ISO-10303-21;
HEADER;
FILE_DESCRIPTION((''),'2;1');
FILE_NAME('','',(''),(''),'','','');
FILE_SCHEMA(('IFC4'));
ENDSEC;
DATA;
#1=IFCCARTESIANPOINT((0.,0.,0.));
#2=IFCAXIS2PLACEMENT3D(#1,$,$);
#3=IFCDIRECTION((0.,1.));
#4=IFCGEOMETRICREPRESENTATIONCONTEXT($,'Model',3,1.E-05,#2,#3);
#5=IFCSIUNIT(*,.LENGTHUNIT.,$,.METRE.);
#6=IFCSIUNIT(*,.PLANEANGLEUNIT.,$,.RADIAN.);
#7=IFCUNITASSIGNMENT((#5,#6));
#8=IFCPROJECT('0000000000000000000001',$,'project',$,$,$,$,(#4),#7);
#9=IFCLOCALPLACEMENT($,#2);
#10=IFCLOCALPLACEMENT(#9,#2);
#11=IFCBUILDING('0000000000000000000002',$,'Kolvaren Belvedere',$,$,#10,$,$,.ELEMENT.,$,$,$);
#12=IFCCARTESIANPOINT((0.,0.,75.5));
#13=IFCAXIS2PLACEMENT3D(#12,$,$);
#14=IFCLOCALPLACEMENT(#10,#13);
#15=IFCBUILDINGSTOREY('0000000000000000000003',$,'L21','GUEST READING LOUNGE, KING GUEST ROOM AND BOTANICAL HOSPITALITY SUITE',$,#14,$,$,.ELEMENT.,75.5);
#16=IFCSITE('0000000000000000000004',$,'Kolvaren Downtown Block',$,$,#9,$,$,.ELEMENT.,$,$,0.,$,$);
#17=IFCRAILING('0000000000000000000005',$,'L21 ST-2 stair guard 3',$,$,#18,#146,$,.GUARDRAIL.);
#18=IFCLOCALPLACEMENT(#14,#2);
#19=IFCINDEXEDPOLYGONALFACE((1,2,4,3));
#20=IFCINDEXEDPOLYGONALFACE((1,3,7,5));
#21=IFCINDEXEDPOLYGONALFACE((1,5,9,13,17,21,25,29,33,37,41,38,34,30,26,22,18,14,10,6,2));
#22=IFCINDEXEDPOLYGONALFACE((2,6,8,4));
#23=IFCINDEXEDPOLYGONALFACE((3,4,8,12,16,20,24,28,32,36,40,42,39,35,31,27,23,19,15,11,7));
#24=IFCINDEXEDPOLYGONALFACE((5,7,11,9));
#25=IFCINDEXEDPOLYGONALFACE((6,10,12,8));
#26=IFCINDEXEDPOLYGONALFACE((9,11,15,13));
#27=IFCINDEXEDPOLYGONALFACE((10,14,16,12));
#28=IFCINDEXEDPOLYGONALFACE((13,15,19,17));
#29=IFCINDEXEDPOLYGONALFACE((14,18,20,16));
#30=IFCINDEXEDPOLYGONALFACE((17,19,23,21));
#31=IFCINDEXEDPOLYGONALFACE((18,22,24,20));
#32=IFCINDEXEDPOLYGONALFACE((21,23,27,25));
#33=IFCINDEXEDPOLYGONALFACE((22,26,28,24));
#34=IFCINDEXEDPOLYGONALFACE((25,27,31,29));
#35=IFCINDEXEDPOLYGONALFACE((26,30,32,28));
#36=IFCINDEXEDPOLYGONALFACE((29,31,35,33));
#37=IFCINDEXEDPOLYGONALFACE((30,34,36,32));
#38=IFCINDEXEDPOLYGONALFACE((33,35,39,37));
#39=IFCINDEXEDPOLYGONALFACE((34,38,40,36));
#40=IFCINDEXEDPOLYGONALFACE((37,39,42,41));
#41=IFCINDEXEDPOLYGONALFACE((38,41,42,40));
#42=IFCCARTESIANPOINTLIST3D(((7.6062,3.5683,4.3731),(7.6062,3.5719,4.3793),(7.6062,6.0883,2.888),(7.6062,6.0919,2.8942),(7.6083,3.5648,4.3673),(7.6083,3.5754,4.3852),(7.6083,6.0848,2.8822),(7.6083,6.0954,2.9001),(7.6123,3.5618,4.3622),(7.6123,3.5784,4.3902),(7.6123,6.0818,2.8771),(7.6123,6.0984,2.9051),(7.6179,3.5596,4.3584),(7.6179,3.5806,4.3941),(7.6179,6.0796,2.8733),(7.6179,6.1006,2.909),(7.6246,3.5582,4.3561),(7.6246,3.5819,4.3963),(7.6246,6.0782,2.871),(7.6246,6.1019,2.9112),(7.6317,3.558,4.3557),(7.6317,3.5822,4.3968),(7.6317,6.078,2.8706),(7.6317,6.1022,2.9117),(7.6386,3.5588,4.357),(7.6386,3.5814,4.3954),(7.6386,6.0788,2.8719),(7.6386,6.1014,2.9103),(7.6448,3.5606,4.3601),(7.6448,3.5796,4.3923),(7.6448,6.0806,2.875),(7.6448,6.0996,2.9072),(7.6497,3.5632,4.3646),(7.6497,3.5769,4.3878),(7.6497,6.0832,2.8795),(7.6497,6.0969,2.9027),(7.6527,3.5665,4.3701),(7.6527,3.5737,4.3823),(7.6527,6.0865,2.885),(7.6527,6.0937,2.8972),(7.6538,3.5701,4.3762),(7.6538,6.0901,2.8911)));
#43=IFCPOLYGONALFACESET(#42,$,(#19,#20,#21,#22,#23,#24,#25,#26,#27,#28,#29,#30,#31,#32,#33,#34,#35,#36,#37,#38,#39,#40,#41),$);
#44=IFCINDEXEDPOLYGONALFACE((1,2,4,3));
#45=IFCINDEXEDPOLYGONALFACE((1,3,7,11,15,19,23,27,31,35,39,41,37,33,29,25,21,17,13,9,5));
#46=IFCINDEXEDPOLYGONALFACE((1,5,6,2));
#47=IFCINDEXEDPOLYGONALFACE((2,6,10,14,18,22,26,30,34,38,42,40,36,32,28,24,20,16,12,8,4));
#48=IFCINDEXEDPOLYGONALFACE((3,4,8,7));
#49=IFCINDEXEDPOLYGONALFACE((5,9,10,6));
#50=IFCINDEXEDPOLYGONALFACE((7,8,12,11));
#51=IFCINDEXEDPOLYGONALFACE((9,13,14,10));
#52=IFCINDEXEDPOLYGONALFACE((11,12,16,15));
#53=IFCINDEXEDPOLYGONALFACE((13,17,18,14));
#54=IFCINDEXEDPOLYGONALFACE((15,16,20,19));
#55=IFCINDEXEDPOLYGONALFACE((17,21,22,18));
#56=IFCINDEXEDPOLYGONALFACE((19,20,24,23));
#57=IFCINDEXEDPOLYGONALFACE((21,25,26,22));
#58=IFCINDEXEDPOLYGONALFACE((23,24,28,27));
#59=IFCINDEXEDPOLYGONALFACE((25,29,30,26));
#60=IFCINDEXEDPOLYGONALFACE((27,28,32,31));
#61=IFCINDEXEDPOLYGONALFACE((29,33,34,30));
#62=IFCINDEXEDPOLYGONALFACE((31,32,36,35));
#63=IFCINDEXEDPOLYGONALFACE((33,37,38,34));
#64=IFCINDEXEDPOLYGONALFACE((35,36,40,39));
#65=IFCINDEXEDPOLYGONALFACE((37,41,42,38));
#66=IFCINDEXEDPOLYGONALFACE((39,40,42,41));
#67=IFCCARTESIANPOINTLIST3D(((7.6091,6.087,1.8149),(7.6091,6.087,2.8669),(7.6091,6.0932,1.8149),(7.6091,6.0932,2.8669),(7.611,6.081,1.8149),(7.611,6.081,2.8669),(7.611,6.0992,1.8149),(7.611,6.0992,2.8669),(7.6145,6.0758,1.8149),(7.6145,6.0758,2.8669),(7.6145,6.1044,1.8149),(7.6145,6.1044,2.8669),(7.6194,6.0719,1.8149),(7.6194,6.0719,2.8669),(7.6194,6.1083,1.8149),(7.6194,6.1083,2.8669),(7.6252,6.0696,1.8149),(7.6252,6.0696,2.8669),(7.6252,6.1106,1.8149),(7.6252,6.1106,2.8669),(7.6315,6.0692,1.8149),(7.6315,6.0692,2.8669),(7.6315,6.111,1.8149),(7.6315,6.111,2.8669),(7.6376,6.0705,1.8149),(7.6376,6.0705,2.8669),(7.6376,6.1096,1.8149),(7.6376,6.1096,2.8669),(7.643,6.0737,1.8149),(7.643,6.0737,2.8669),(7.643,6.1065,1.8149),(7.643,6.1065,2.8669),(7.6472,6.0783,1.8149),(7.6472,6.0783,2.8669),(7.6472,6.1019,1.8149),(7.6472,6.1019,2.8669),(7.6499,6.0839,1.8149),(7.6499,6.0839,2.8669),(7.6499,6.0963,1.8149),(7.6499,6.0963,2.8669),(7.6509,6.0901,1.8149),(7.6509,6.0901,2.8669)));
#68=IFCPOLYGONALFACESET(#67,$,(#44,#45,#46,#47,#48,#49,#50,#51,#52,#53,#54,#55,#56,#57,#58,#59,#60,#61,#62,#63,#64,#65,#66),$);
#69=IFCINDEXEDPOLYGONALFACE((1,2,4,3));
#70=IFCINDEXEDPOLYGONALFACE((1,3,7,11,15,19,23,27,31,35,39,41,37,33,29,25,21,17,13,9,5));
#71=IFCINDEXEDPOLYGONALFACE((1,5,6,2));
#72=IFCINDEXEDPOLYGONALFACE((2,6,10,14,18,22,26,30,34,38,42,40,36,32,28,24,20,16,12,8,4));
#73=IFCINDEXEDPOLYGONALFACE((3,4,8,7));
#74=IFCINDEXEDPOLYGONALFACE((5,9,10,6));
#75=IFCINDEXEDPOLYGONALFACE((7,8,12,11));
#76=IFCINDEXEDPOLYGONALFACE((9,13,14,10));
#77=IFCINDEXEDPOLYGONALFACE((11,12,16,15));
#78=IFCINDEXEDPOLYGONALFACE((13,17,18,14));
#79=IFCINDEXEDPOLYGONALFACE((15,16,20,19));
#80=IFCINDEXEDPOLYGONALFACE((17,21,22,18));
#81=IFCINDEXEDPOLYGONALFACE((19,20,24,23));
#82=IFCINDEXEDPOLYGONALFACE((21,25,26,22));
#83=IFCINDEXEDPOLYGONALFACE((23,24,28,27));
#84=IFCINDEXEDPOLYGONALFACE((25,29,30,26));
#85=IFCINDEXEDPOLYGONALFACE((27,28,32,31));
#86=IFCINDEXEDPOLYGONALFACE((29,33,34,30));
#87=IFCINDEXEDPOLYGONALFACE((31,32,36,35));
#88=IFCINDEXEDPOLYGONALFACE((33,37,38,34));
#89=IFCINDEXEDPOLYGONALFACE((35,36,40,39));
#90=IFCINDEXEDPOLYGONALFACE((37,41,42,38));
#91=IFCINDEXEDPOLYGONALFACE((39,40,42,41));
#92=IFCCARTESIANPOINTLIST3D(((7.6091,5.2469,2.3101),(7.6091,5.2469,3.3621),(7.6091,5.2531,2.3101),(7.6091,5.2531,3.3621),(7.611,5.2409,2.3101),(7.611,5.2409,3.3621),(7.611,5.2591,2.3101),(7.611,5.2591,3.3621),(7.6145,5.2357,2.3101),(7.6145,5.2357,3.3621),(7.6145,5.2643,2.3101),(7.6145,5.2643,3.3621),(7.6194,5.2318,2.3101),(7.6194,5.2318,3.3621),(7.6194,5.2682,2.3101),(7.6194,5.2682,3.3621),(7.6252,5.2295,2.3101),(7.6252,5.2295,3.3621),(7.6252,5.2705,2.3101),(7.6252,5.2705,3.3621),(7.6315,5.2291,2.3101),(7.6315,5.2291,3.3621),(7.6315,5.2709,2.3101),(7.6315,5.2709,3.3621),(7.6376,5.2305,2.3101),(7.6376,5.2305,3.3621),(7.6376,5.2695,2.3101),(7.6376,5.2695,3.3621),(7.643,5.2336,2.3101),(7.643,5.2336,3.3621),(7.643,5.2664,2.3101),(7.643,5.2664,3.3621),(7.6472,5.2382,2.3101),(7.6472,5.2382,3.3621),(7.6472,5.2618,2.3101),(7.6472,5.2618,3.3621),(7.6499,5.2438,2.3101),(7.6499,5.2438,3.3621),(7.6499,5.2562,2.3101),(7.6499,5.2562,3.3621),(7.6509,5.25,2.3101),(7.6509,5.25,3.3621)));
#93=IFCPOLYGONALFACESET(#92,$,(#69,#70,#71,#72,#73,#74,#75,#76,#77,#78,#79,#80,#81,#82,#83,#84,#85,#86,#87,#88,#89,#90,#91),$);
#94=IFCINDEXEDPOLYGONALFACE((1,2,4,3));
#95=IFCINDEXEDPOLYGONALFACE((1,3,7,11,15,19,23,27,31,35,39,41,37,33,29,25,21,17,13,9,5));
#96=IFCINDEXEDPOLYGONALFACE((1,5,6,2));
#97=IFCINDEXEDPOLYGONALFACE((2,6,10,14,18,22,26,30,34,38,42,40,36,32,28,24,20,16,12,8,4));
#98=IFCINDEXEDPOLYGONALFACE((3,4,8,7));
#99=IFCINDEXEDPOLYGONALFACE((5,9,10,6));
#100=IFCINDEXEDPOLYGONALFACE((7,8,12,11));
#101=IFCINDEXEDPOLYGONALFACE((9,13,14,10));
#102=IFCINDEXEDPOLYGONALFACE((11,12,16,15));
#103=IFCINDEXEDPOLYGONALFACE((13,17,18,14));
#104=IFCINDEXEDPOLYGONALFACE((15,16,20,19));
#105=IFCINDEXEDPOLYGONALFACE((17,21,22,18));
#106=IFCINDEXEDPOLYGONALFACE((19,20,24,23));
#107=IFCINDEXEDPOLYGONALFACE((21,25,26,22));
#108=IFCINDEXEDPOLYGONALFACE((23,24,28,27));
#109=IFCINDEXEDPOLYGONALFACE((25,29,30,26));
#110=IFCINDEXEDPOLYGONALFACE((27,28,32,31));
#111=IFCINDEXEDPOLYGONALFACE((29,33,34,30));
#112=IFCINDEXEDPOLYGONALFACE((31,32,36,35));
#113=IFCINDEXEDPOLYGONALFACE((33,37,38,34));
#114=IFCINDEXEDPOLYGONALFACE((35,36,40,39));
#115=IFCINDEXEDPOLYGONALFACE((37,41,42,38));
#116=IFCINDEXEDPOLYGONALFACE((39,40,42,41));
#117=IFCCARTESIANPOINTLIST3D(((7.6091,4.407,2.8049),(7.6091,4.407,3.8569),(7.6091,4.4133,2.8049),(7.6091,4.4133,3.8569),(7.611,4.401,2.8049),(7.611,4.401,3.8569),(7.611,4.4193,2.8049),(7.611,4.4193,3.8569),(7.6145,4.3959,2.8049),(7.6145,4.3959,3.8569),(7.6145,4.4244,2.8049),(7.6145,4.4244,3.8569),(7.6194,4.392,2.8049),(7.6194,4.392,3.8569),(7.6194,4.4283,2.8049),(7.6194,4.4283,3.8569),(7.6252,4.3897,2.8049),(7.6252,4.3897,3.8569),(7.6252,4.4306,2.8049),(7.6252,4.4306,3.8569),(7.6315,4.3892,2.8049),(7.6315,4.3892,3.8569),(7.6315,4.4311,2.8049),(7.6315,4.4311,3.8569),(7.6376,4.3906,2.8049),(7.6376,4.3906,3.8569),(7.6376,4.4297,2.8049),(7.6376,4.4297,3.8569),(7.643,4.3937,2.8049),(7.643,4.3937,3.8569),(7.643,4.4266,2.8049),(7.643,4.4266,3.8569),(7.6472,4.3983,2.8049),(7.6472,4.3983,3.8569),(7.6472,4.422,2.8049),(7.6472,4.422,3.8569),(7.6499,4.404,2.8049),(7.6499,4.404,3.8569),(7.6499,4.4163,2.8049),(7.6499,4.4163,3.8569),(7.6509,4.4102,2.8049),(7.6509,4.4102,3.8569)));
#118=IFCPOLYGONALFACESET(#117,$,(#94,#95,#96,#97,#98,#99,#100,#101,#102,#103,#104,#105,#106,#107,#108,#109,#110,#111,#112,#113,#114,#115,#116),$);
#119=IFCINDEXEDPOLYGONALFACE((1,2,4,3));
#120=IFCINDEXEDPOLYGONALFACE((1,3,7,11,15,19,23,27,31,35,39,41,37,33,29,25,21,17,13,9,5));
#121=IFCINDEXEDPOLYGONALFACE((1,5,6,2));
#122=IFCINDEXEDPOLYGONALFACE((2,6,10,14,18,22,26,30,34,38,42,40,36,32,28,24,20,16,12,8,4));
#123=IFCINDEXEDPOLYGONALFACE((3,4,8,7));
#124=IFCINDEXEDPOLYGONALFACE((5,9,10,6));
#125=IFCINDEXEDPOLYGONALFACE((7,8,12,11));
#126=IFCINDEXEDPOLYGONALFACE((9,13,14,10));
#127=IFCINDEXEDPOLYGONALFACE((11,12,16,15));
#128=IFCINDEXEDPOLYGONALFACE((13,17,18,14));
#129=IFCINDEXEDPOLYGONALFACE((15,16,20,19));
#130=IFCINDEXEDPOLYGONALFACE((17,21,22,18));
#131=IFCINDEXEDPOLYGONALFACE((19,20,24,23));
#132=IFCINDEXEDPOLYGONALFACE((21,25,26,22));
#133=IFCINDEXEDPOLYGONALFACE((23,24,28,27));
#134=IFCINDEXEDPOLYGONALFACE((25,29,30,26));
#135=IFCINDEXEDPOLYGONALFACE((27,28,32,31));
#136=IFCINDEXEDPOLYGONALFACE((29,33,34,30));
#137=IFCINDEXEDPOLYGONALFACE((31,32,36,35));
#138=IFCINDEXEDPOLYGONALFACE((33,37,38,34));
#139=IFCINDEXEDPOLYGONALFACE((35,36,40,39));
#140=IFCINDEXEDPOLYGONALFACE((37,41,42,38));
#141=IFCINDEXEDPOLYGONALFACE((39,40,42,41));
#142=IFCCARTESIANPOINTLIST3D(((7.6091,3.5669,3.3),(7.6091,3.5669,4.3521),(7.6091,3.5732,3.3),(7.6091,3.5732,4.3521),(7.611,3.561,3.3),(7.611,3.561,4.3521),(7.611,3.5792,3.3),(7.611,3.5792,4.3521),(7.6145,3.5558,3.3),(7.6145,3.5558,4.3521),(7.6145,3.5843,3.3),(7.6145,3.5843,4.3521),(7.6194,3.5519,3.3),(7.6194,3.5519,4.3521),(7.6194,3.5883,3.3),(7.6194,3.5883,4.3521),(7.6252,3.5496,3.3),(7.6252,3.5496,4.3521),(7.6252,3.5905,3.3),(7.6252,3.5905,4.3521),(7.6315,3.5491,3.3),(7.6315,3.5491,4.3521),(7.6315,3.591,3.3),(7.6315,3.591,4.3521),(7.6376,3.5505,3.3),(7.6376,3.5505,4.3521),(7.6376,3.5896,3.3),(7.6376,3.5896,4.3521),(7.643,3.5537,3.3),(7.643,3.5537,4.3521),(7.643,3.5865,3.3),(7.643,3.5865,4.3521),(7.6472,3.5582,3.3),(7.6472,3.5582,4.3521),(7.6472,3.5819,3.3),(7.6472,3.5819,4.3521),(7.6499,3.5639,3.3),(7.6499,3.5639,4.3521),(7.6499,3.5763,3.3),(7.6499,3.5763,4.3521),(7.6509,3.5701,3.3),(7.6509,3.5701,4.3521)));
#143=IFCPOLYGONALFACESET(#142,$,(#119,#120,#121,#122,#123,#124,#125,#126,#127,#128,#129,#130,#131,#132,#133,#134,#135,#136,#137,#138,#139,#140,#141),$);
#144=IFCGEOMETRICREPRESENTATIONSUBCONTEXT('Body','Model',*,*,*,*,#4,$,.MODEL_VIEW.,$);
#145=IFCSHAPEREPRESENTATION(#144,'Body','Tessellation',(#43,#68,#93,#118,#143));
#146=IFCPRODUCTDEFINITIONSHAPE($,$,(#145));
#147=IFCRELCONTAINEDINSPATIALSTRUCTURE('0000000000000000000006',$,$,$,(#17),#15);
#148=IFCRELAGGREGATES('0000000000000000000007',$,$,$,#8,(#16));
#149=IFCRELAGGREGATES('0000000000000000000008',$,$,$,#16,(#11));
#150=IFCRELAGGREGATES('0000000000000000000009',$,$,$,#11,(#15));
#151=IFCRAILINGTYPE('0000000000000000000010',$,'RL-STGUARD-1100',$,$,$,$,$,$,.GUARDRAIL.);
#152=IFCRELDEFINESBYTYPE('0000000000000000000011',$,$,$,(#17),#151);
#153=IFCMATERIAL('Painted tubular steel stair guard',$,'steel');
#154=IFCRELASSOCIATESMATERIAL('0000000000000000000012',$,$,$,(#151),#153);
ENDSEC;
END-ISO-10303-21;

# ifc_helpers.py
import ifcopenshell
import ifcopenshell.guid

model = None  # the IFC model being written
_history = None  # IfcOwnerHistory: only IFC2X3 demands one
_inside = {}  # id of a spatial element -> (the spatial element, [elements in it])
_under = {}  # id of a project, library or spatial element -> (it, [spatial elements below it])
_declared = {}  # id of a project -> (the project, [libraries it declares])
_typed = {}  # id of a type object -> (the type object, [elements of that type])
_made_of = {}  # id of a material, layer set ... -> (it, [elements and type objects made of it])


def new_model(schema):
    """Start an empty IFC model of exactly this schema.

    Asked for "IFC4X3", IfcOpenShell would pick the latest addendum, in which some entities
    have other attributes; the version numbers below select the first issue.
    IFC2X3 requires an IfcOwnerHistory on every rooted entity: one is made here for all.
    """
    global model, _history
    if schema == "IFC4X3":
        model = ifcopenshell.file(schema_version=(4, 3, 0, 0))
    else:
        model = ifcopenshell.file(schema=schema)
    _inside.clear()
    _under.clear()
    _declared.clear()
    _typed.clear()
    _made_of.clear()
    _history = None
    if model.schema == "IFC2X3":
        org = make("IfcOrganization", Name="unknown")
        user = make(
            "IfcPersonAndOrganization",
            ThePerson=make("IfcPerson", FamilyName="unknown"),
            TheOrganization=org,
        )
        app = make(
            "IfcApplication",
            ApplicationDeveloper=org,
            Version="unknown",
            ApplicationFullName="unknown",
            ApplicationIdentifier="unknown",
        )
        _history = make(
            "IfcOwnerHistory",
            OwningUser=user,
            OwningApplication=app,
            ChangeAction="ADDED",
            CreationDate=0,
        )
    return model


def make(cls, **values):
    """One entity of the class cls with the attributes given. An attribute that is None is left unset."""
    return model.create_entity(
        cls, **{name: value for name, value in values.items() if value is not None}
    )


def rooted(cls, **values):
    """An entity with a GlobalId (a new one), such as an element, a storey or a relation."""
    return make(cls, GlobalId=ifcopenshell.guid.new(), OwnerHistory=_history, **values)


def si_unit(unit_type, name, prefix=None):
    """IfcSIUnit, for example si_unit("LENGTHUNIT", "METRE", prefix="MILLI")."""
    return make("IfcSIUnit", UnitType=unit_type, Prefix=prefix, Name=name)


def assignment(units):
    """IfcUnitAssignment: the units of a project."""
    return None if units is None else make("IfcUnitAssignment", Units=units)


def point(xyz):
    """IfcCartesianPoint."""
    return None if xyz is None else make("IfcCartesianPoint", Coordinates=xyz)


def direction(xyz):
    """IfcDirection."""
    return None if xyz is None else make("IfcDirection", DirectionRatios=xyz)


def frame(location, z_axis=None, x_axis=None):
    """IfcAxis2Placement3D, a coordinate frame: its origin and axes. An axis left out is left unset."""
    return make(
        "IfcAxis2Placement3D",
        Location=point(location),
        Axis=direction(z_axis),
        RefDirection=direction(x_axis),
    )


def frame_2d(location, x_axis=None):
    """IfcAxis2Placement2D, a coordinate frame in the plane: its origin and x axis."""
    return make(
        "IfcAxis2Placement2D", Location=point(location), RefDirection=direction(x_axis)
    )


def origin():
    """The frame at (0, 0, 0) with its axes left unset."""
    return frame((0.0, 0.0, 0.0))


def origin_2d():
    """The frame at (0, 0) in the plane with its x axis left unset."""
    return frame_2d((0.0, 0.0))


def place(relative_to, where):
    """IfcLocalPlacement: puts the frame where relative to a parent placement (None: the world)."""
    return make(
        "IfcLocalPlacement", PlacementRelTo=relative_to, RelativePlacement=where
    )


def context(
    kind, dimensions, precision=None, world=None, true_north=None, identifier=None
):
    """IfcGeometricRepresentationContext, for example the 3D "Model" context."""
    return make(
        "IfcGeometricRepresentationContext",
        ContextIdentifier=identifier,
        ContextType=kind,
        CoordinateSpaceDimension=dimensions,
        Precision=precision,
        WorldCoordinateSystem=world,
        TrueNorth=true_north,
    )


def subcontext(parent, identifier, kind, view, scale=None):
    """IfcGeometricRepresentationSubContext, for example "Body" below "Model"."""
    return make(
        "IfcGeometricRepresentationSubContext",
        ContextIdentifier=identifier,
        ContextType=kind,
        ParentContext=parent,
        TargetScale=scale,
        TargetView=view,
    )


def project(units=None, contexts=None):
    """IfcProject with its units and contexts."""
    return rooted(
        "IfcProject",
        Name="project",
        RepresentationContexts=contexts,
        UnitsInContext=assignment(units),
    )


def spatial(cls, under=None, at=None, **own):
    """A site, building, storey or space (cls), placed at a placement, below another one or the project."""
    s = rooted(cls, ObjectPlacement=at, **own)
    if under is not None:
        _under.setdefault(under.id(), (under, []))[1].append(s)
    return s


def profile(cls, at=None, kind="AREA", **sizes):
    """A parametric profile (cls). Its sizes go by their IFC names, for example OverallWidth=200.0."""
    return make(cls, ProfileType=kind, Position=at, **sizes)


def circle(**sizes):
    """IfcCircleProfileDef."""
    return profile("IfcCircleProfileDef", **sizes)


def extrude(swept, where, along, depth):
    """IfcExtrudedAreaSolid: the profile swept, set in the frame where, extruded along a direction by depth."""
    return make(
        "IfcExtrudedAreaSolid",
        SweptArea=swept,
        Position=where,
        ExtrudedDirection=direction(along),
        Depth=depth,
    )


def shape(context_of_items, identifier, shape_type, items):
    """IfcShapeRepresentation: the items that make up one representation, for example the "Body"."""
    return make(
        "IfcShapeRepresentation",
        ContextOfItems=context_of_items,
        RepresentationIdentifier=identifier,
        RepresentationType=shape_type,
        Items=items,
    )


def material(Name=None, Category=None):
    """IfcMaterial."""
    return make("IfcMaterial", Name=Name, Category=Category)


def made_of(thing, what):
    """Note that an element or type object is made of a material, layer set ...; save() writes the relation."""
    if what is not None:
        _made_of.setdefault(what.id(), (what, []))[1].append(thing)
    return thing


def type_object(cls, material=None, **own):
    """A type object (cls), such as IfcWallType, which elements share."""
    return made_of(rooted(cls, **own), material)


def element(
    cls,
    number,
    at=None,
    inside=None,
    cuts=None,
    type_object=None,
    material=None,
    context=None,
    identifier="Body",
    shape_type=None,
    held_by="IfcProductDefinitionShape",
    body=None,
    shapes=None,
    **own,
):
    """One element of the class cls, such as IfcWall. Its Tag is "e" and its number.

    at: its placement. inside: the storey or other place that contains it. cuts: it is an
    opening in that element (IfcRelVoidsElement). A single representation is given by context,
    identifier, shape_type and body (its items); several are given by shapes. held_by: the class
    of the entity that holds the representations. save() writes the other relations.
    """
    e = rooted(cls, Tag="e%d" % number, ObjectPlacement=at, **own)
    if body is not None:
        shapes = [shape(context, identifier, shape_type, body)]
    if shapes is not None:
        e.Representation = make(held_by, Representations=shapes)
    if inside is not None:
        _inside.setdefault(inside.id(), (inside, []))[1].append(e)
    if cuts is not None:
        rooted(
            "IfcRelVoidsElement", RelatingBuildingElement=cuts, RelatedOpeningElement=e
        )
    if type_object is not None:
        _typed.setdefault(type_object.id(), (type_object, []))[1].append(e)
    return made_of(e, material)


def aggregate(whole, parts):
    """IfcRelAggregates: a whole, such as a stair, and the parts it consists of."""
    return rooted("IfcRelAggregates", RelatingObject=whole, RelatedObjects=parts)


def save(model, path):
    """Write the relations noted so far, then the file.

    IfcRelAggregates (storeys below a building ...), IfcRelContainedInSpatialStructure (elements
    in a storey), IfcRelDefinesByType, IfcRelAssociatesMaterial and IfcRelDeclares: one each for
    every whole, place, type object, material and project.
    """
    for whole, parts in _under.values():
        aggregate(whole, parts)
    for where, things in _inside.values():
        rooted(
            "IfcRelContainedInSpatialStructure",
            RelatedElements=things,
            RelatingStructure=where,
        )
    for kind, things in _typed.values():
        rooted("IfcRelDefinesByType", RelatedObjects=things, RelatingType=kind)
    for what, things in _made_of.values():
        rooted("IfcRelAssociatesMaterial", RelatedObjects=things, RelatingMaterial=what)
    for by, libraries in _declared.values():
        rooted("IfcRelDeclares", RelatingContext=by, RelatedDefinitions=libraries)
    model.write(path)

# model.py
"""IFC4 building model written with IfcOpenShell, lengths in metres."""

from ifc_helpers import new_model, si_unit, direction, frame, origin, origin_2d, place, context, subcontext, project, spatial, circle, extrude, material, type_object, element, save


model = new_model("IFC4")

# Units and contexts
model_context = context("Model", 3, precision=1e-05, world=origin(), true_north=direction((0.0, 1.0)))
body_context = subcontext(model_context, "Body", "Model", "MODEL_VIEW")
ifc_project = project(units=[si_unit("LENGTHUNIT", "METRE"), si_unit("PLANEANGLEUNIT", "RADIAN")], contexts=[model_context])

# Site, building, storey
site_placement = place(None, origin())
site = spatial("IfcSite", under=ifc_project, at=site_placement, Name="Kolvaren Downtown Block", CompositionType="ELEMENT", RefElevation=0.0)
building_placement = place(site_placement, origin())
building = spatial("IfcBuilding", under=site, at=building_placement, Name="Kolvaren Belvedere", CompositionType="ELEMENT")
storey_placement = place(building_placement, frame((0.0, 0.0, 75.5)))
storey = spatial("IfcBuildingStorey", under=building, at=storey_placement, Name="L21", Description="GUEST READING LOUNGE, KING GUEST ROOM AND BOTANICAL HOSPITALITY SUITE", CompositionType="ELEMENT", Elevation=75.5)

# Railing
ifc_material_1 = material(Name="Painted tubular steel stair guard", Category="steel")
railing_type_1 = type_object("IfcRailingType", Name="RL-STGUARD-1100", PredefinedType="GUARDRAIL", material=ifc_material_1)
railing_1_placement = place(storey_placement, frame((7.6299, 6.0901, 1.8149)))
element("IfcRailing", 1, at=railing_1_placement, inside=storey, type_object=railing_type_1, Name="L21 ST-2 stair guard 3", PredefinedType="GUARDRAIL", context=body_context, shape_type="SweptSolid", body=[
    extrude(circle(Radius=0.0239, at=origin_2d()), frame((0.0, 0.0, 1.0762), z_axis=(0.0, -0.861524, 0.507717), x_axis=(1.0, 0.0, 0.0)), (0.0, 0.0, 1.0), 2.925),
    extrude(circle(Radius=0.021, at=origin_2d()), origin(), (0.0, 0.0, 1.0), 1.052),
    extrude(circle(Radius=0.021, at=origin_2d()), frame((0.0, -0.8401, 0.4951)), (0.0, 0.0, 1.0), 1.052),
    extrude(circle(Radius=0.021, at=origin_2d()), frame((0.0, -1.6799, 0.99)), (0.0, 0.0, 1.0), 1.052),
    extrude(circle(Radius=0.021, at=origin_2d()), frame((0.0, -2.52, 1.4851)), (0.0, 0.0, 1.0), 1.052),
])

save(model, "model.ifc")
